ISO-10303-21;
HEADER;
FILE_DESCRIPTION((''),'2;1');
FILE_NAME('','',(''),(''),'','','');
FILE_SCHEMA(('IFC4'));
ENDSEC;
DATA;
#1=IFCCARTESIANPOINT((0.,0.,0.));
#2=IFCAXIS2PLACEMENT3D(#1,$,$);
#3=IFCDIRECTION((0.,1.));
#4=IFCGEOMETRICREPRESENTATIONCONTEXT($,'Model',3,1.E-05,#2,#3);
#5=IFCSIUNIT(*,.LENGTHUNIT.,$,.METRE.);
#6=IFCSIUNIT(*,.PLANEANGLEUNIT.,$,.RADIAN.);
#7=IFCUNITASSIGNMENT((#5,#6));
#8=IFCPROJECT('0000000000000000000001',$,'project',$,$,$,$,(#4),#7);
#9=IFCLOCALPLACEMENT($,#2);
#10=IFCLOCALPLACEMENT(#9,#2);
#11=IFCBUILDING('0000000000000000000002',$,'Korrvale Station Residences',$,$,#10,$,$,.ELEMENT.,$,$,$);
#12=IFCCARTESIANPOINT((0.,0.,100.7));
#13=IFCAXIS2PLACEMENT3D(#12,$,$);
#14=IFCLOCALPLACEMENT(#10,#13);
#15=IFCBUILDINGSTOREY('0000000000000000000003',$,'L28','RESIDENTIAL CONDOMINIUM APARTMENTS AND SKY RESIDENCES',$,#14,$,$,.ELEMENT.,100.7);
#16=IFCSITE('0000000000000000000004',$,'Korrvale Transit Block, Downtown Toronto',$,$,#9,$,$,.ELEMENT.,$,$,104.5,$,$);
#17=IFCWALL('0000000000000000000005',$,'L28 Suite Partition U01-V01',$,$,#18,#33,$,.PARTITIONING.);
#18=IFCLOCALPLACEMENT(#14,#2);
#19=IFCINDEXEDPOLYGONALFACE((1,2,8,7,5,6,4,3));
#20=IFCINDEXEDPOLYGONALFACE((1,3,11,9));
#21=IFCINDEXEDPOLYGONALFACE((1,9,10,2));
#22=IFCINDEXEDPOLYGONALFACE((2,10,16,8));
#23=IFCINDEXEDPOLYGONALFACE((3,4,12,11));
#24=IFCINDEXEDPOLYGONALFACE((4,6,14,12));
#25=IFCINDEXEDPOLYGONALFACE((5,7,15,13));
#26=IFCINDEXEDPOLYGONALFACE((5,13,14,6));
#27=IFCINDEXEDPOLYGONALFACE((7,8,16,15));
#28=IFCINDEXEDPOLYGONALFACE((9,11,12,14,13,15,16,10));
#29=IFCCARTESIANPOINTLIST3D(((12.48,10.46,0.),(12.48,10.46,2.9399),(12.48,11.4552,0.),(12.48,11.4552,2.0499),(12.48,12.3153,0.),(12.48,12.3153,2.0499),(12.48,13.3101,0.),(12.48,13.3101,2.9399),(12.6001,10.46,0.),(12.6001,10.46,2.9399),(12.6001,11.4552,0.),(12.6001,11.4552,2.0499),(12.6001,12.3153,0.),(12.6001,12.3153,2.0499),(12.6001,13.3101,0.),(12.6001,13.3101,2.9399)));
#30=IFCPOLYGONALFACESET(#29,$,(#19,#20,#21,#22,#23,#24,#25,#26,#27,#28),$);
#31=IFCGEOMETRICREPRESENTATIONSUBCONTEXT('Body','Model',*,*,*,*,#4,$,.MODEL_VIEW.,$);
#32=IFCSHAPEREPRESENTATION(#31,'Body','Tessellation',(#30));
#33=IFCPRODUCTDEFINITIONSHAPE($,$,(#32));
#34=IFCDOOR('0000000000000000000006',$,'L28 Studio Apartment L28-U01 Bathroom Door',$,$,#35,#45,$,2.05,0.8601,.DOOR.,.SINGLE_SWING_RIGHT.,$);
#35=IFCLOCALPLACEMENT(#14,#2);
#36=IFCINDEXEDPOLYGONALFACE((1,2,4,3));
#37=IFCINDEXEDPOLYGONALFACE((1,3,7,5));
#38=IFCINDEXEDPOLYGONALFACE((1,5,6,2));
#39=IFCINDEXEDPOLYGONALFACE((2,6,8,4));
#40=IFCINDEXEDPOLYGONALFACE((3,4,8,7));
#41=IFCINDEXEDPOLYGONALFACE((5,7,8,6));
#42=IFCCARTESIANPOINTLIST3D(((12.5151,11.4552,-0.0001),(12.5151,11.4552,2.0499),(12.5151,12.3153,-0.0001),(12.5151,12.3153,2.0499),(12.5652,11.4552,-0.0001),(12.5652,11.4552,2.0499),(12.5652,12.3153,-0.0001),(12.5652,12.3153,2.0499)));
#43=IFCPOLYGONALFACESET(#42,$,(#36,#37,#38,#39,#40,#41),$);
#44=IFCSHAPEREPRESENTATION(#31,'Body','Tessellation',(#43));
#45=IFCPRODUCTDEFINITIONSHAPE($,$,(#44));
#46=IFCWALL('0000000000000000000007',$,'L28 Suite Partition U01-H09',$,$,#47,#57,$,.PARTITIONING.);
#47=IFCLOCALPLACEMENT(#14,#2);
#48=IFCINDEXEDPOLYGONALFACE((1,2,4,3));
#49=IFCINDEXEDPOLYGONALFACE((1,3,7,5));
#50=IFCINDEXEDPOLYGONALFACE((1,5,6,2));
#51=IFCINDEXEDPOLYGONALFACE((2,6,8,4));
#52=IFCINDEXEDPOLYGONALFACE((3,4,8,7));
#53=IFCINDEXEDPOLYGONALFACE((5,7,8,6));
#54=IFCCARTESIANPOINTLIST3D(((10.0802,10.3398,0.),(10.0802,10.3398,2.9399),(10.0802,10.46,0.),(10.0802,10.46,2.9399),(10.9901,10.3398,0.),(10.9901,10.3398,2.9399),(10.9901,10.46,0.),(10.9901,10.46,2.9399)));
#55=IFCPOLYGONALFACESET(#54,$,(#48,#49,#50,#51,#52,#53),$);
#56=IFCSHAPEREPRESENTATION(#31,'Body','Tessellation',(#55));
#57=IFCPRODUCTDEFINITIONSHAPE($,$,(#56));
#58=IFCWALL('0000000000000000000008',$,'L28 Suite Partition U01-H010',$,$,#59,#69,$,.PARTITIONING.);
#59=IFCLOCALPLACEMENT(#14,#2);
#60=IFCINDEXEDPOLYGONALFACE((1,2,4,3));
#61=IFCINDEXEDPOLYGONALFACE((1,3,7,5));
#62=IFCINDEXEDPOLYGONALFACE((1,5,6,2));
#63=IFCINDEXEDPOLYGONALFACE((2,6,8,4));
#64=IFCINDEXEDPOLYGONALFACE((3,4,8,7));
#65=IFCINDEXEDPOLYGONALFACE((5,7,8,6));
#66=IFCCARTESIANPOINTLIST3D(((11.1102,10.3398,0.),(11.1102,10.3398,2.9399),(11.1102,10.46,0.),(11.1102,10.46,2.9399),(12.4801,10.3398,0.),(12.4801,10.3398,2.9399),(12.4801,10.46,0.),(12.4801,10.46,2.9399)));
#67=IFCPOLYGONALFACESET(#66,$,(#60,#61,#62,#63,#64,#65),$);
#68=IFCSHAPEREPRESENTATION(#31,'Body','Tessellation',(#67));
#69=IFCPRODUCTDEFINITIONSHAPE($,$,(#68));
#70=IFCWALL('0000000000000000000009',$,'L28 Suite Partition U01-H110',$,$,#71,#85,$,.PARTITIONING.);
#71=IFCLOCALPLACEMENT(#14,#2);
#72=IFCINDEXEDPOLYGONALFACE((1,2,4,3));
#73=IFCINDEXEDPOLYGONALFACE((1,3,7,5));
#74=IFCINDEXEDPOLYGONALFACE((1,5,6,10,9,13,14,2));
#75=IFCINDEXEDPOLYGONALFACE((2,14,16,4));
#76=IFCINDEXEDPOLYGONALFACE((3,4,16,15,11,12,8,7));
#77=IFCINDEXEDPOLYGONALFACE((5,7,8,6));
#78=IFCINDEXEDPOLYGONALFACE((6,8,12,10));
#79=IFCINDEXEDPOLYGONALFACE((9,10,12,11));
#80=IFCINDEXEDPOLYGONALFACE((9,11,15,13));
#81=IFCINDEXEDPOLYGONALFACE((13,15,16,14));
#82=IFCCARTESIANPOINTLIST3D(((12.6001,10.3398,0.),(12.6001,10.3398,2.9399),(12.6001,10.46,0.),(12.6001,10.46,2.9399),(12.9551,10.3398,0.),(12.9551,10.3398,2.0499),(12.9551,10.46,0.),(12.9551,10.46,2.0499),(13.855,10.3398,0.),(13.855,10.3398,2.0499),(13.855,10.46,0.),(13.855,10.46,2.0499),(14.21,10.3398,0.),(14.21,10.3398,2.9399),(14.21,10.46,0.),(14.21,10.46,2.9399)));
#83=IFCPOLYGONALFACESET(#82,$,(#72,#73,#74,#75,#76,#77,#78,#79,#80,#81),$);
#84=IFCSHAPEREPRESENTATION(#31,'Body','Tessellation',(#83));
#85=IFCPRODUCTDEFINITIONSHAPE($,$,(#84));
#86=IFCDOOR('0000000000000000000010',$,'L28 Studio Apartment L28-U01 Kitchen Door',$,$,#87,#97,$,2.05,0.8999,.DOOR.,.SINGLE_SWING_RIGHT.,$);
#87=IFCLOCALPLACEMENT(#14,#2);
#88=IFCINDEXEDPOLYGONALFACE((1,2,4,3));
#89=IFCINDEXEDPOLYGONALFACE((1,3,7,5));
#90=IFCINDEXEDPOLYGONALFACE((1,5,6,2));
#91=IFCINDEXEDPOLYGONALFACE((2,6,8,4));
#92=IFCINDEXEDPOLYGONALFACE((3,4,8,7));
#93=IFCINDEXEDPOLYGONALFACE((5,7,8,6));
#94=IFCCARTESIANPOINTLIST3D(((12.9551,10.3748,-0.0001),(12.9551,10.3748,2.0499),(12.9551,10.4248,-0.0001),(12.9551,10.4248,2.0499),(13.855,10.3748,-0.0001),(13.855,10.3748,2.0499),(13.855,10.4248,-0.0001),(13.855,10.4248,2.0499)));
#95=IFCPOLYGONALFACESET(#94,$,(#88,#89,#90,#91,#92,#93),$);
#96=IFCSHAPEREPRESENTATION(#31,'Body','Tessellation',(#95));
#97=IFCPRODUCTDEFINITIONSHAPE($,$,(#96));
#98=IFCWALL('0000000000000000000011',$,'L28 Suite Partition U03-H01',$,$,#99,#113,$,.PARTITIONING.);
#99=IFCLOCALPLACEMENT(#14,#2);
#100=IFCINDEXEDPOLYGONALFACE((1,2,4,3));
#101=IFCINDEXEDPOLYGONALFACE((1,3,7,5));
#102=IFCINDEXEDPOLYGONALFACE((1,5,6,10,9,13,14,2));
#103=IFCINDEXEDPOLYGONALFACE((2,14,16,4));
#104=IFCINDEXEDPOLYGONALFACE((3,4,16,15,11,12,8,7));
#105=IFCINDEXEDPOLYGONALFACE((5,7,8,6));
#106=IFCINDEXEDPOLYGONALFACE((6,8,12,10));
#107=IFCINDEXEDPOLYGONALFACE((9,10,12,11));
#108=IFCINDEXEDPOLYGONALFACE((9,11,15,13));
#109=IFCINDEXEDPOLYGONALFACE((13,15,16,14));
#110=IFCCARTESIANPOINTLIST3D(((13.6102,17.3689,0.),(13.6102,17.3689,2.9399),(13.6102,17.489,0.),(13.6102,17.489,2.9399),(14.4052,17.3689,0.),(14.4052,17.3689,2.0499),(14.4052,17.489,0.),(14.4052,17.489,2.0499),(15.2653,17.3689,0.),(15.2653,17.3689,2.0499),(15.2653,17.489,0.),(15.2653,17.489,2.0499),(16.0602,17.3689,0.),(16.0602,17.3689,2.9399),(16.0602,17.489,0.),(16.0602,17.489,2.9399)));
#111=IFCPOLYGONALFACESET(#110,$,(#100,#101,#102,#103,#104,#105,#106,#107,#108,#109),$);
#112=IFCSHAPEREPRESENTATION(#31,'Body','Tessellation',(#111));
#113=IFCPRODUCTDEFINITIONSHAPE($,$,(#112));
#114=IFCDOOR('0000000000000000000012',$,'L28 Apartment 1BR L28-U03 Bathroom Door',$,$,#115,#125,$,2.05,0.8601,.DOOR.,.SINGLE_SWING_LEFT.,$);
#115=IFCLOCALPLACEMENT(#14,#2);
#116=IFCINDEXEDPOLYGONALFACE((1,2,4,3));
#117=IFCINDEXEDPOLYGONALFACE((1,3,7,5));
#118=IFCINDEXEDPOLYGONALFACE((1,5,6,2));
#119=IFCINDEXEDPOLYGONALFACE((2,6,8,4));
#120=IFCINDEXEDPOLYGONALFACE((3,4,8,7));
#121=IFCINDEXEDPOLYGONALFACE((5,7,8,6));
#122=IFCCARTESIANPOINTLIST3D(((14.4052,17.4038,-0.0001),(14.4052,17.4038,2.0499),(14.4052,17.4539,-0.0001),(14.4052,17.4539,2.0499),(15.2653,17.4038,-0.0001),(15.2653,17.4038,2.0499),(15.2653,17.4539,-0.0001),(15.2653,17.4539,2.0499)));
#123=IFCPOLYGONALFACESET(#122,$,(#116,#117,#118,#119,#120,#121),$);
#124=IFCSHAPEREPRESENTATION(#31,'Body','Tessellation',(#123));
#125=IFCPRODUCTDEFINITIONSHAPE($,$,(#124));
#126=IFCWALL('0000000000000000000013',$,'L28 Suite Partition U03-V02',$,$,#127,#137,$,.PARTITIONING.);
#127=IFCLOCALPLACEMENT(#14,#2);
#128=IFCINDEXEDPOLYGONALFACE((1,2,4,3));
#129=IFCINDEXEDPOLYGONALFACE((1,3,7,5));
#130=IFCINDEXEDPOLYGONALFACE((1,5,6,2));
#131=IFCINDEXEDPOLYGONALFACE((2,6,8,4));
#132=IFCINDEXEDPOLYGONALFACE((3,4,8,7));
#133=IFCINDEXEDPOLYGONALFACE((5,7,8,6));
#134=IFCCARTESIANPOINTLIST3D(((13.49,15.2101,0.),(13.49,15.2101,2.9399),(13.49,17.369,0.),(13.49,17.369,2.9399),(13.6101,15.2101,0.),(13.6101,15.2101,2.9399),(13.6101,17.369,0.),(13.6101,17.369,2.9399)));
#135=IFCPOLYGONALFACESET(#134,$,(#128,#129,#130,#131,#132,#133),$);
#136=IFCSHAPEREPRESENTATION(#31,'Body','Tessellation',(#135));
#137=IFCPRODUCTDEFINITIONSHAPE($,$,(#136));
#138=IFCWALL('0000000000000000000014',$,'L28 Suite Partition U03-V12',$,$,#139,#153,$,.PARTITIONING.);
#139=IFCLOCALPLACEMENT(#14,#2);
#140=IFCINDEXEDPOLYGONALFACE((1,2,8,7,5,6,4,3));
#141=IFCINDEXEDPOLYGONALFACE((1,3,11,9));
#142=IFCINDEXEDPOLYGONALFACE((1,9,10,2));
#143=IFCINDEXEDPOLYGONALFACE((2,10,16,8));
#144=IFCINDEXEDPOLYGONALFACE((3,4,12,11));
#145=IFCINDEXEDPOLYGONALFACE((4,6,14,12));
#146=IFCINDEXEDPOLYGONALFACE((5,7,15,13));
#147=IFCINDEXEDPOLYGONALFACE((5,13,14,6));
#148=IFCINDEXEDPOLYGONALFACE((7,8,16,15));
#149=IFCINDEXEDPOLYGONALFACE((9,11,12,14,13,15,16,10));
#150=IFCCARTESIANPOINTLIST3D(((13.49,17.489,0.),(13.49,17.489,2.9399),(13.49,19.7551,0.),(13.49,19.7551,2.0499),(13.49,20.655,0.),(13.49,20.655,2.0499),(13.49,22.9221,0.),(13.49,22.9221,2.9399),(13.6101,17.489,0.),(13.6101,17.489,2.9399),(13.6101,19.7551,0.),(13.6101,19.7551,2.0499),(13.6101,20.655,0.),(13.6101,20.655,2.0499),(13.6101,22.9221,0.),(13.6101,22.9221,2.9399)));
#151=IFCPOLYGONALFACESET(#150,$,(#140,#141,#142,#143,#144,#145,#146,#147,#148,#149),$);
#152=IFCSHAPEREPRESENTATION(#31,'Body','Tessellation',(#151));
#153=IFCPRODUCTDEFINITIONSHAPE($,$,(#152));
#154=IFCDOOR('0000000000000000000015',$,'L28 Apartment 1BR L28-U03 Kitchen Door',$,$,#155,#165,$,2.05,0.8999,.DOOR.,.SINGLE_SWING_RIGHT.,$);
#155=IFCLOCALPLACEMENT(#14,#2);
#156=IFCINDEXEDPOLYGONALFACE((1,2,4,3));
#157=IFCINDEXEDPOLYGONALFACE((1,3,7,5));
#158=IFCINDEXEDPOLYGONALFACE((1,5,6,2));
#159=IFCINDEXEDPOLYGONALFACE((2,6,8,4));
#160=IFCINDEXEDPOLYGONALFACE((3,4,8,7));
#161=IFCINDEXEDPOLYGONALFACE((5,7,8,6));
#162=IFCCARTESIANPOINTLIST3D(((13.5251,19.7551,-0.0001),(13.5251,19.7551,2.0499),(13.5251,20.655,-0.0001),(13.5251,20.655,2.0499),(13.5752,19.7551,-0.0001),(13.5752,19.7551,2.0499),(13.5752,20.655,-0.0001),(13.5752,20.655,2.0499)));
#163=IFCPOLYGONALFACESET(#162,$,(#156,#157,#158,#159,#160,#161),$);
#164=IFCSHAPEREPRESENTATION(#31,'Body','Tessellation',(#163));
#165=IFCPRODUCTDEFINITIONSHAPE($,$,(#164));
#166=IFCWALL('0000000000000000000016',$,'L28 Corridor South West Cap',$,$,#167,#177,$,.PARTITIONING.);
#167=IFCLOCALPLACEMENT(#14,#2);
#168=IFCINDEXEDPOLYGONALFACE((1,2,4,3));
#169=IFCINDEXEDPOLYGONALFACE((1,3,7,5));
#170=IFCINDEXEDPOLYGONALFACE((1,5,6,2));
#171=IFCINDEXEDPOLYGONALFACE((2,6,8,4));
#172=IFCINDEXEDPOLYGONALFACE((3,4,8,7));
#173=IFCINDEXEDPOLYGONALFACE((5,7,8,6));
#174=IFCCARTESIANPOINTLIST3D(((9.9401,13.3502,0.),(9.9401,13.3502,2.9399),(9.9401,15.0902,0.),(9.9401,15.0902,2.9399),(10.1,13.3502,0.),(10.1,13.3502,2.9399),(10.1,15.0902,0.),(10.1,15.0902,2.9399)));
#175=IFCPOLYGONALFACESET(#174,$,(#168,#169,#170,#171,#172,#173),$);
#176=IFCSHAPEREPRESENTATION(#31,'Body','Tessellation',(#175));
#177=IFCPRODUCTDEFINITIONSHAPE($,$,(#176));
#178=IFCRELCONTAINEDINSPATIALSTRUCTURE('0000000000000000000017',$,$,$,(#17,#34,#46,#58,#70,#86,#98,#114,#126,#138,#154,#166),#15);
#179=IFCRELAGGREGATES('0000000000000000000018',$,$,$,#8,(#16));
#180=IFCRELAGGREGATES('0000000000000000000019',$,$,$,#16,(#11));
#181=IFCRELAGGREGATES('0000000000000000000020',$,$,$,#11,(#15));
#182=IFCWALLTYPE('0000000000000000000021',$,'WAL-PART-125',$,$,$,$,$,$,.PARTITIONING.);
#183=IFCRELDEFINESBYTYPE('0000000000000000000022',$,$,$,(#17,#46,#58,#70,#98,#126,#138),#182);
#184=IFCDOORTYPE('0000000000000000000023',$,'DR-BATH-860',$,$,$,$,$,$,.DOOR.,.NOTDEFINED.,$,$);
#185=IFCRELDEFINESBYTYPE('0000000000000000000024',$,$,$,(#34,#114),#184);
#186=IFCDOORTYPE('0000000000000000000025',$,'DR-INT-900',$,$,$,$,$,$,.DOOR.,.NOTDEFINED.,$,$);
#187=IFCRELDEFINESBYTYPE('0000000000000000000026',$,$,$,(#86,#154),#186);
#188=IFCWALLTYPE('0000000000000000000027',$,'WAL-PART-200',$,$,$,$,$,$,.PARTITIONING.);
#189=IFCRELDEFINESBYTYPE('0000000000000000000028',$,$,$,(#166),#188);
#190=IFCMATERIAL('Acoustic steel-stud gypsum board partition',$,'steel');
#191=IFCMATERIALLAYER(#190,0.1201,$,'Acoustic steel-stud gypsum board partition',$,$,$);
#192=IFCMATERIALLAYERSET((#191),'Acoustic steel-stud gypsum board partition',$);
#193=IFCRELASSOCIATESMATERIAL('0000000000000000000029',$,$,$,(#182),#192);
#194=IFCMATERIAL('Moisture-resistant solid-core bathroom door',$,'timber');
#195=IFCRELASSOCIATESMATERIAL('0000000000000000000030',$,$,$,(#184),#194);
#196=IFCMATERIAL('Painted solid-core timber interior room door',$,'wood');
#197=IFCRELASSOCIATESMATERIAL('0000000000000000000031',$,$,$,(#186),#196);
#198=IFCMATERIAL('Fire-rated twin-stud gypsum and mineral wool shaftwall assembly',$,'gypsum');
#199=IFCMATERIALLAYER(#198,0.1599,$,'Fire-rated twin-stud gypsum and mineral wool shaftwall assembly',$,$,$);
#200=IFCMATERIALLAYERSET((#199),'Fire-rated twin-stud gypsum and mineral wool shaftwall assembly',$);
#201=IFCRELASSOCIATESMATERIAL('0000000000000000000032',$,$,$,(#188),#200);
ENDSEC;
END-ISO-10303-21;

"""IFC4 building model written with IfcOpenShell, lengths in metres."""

from ifc_helpers import new_model, si_unit, direction, frame, frame_2d, origin, place, context, subcontext, project, spatial, rectangle, extrude, material, layer, layer_set, type_object, element, fill, save


model = new_model("IFC4")

# Units and contexts
model_context = context("Model", 3, precision=1e-05, world=origin(), true_north=direction((0.0, 1.0)))
body_context = subcontext(model_context, "Body", "Model", "MODEL_VIEW")
ifc_project = project(units=[si_unit("LENGTHUNIT", "METRE"), si_unit("PLANEANGLEUNIT", "RADIAN")], contexts=[model_context])

# Site, building, storey
site_placement = place(None, origin())
site = spatial("IfcSite", under=ifc_project, at=site_placement, Name="Korrvale Transit Block, Downtown Toronto", CompositionType="ELEMENT", RefElevation=104.5)
building_placement = place(site_placement, origin())
building = spatial("IfcBuilding", under=site, at=building_placement, Name="Korrvale Station Residences", CompositionType="ELEMENT")
storey_placement = place(building_placement, frame((0.0, 0.0, 100.7)))
storey = spatial("IfcBuildingStorey", under=building, at=storey_placement, Name="L28", Description="RESIDENTIAL CONDOMINIUM APARTMENTS AND SKY RESIDENCES", CompositionType="ELEMENT", Elevation=100.7)

# Wall, opening, door
ifc_material_1 = material(Name="Acoustic steel-stud gypsum board partition", Category="steel")
ifc_layer_1 = layer(ifc_material_1, 0.1201, Name="Acoustic steel-stud gypsum board partition")
ifc_layer_set_1 = layer_set([ifc_layer_1], Name="Acoustic steel-stud gypsum board partition")
wall_type_1 = type_object("IfcWallType", Name="WAL-PART-125", PredefinedType="PARTITIONING", material=ifc_layer_set_1)
wall_1_placement = place(storey_placement, frame((12.54, 10.46, 0.0), z_axis=(0.0, 0.0, 1.0), x_axis=(0.0, 1.0, 0.0)))
wall_1 = element("IfcWall", 1, at=wall_1_placement, inside=storey, type_object=wall_type_1, Name="L28 Suite Partition U01-V01", PredefinedType="PARTITIONING", context=body_context, shape_type="SweptSolid", body=[
    extrude(rectangle(XDim=2.8501, YDim=0.1201, at=frame_2d((1.425, 0.0))), origin(), (0.0, 0.0, 1.0), 2.9399),
])
opening_1_placement = place(wall_1_placement, frame((0.9951, 0.0, 0.0)))
opening_1 = element("IfcOpeningElement", 2, at=opening_1_placement, cuts=wall_1, PredefinedType="OPENING", context=body_context, shape_type="SweptSolid", body=[
    extrude(rectangle(XDim=0.8601, YDim=2.05, at=frame_2d((0.4302, 1.0249))), frame((0.0, 0.0701, 0.0), z_axis=(0.0, -1.0, 0.0), x_axis=(1.0, 0.0, 0.0)), (0.0, 0.0, 1.0), 0.1401),
])
ifc_material_2 = material(Name="Moisture-resistant solid-core bathroom door", Category="timber")
door_type_1 = type_object("IfcDoorType", Name="DR-BATH-860", OperationType="NOTDEFINED", PredefinedType="DOOR", material=ifc_material_2)
door_1_placement = place(opening_1_placement, origin())
door_1 = element("IfcDoor", 3, at=door_1_placement, inside=storey, type_object=door_type_1, Name="L28 Studio Apartment L28-U01 Bathroom Door", OperationType="SINGLE_SWING_RIGHT", OverallHeight=2.05, OverallWidth=0.8601, PredefinedType="DOOR", context=body_context, shape_type="SweptSolid", body=[
    extrude(rectangle(XDim=0.8601, YDim=2.05, at=frame_2d((0.4302, 1.0249))), frame((0.0, 0.0249, 0.0), z_axis=(0.0, -1.0, 0.0), x_axis=(1.0, 0.0, 0.0)), (0.0, 0.0, 1.0), 0.05),
])
fill(opening_1, door_1)

# Walls
wall_2_placement = place(storey_placement, frame((10.0801, 10.3999, 0.0), z_axis=(0.0, 0.0, 1.0), x_axis=(1.0, 0.0, 0.0)))
element("IfcWall", 4, at=wall_2_placement, inside=storey, type_object=wall_type_1, Name="L28 Suite Partition U01-H09", PredefinedType="PARTITIONING", context=body_context, shape_type="SweptSolid", body=[
    extrude(rectangle(XDim=0.9099, YDim=0.1201, at=frame_2d((0.4551, 0.0))), origin(), (0.0, 0.0, 1.0), 2.9399),
])
wall_3_placement = place(storey_placement, frame((11.1101, 10.3999, 0.0), z_axis=(0.0, 0.0, 1.0), x_axis=(1.0, 0.0, 0.0)))
element("IfcWall", 5, at=wall_3_placement, inside=storey, type_object=wall_type_1, Name="L28 Suite Partition U01-H010", PredefinedType="PARTITIONING", context=body_context, shape_type="SweptSolid", body=[
    extrude(rectangle(XDim=1.3699, YDim=0.1201, at=frame_2d((0.6851, 0.0))), origin(), (0.0, 0.0, 1.0), 2.9399),
])

# Walls, openings, doors
wall_4_placement = place(storey_placement, frame((12.6001, 10.3999, 0.0), z_axis=(0.0, 0.0, 1.0), x_axis=(1.0, 0.0, 0.0)))
wall_4 = element("IfcWall", 6, at=wall_4_placement, inside=storey, type_object=wall_type_1, Name="L28 Suite Partition U01-H110", PredefinedType="PARTITIONING", context=body_context, shape_type="SweptSolid", body=[
    extrude(rectangle(XDim=1.6099, YDim=0.1201, at=frame_2d((0.8049, 0.0))), origin(), (0.0, 0.0, 1.0), 2.9399),
])
opening_2_placement = place(wall_4_placement, frame((0.355, 0.0, 0.0)))
opening_2 = element("IfcOpeningElement", 7, at=opening_2_placement, cuts=wall_4, PredefinedType="OPENING", context=body_context, shape_type="SweptSolid", body=[
    extrude(rectangle(XDim=0.8999, YDim=2.05, at=frame_2d((0.45, 1.0249))), frame((0.0, 0.0701, 0.0), z_axis=(0.0, -1.0, 0.0), x_axis=(1.0, 0.0, 0.0)), (0.0, 0.0, 1.0), 0.1401),
])
ifc_material_3 = material(Name="Painted solid-core timber interior room door", Category="wood")
door_type_2 = type_object("IfcDoorType", Name="DR-INT-900", OperationType="NOTDEFINED", PredefinedType="DOOR", material=ifc_material_3)
door_2_placement = place(opening_2_placement, origin())
door_2 = element("IfcDoor", 8, at=door_2_placement, inside=storey, type_object=door_type_2, Name="L28 Studio Apartment L28-U01 Kitchen Door", OperationType="SINGLE_SWING_RIGHT", OverallHeight=2.05, OverallWidth=0.8999, PredefinedType="DOOR", context=body_context, shape_type="SweptSolid", body=[
    extrude(rectangle(XDim=0.8999, YDim=2.05, at=frame_2d((0.45, 1.0249))), frame((0.0, 0.0249, 0.0), z_axis=(0.0, -1.0, 0.0), x_axis=(1.0, 0.0, 0.0)), (0.0, 0.0, 1.0), 0.05),
])
fill(opening_2, door_2)
wall_5_placement = place(storey_placement, frame((13.6101, 17.429, 0.0), z_axis=(0.0, 0.0, 1.0), x_axis=(1.0, 0.0, 0.0)))
wall_5 = element("IfcWall", 9, at=wall_5_placement, inside=storey, type_object=wall_type_1, Name="L28 Suite Partition U03-H01", PredefinedType="PARTITIONING", context=body_context, shape_type="SweptSolid", body=[
    extrude(rectangle(XDim=2.45, YDim=0.1201, at=frame_2d((1.2251, 0.0))), origin(), (0.0, 0.0, 1.0), 2.9399),
])
opening_3_placement = place(wall_5_placement, frame((0.7949, 0.0, 0.0)))
opening_3 = element("IfcOpeningElement", 10, at=opening_3_placement, cuts=wall_5, PredefinedType="OPENING", context=body_context, shape_type="SweptSolid", body=[
    extrude(rectangle(XDim=0.8601, YDim=2.05, at=frame_2d((0.4302, 1.0249))), frame((0.0, 0.0701, 0.0), z_axis=(0.0, -1.0, 0.0), x_axis=(1.0, 0.0, 0.0)), (0.0, 0.0, 1.0), 0.1401),
])
door_3_placement = place(opening_3_placement, origin())
door_3 = element("IfcDoor", 11, at=door_3_placement, inside=storey, type_object=door_type_1, Name="L28 Apartment 1BR L28-U03 Bathroom Door", OperationType="SINGLE_SWING_LEFT", OverallHeight=2.05, OverallWidth=0.8601, PredefinedType="DOOR", context=body_context, shape_type="SweptSolid", body=[
    extrude(rectangle(XDim=0.8601, YDim=2.05, at=frame_2d((0.4302, 1.0249))), frame((0.0, 0.0249, 0.0), z_axis=(0.0, -1.0, 0.0), x_axis=(1.0, 0.0, 0.0)), (0.0, 0.0, 1.0), 0.05),
])
fill(opening_3, door_3)

# Wall
wall_6_placement = place(storey_placement, frame((13.55, 15.21, 0.0), z_axis=(0.0, 0.0, 1.0), x_axis=(0.0, 1.0, 0.0)))
element("IfcWall", 12, at=wall_6_placement, inside=storey, type_object=wall_type_1, Name="L28 Suite Partition U03-V02", PredefinedType="PARTITIONING", context=body_context, shape_type="SweptSolid", body=[
    extrude(rectangle(XDim=2.1589, YDim=0.1201, at=frame_2d((1.0796, 0.0))), origin(), (0.0, 0.0, 1.0), 2.9399),
])

# Wall, opening, door
wall_7_placement = place(storey_placement, frame((13.55, 17.489, 0.0), z_axis=(0.0, 0.0, 1.0), x_axis=(0.0, 1.0, 0.0)))
wall_7 = element("IfcWall", 13, at=wall_7_placement, inside=storey, type_object=wall_type_1, Name="L28 Suite Partition U03-V12", PredefinedType="PARTITIONING", context=body_context, shape_type="SweptSolid", body=[
    extrude(rectangle(XDim=5.4331, YDim=0.1201, at=frame_2d((2.7166, 0.0))), origin(), (0.0, 0.0, 1.0), 2.9399),
])
opening_4_placement = place(wall_7_placement, frame((2.2661, 0.0, 0.0)))
opening_4 = element("IfcOpeningElement", 14, at=opening_4_placement, cuts=wall_7, PredefinedType="OPENING", context=body_context, shape_type="SweptSolid", body=[
    extrude(rectangle(XDim=0.8999, YDim=2.05, at=frame_2d((0.45, 1.0249))), frame((0.0, 0.0701, 0.0), z_axis=(0.0, -1.0, 0.0), x_axis=(1.0, 0.0, 0.0)), (0.0, 0.0, 1.0), 0.1401),
])
door_4_placement = place(opening_4_placement, origin())
door_4 = element("IfcDoor", 15, at=door_4_placement, inside=storey, type_object=door_type_2, Name="L28 Apartment 1BR L28-U03 Kitchen Door", OperationType="SINGLE_SWING_RIGHT", OverallHeight=2.05, OverallWidth=0.8999, PredefinedType="DOOR", context=body_context, shape_type="SweptSolid", body=[
    extrude(rectangle(XDim=0.8999, YDim=2.05, at=frame_2d((0.45, 1.0249))), frame((0.0, 0.0249, 0.0), z_axis=(0.0, -1.0, 0.0), x_axis=(1.0, 0.0, 0.0)), (0.0, 0.0, 1.0), 0.05),
])
fill(opening_4, door_4)

# Wall
ifc_material_4 = material(Name="Fire-rated twin-stud gypsum and mineral wool shaftwall assembly", Category="gypsum")
ifc_layer_2 = layer(ifc_material_4, 0.1599, Name="Fire-rated twin-stud gypsum and mineral wool shaftwall assembly")
ifc_layer_set_2 = layer_set([ifc_layer_2], Name="Fire-rated twin-stud gypsum and mineral wool shaftwall assembly")
wall_type_2 = type_object("IfcWallType", Name="WAL-PART-200", PredefinedType="PARTITIONING", material=ifc_layer_set_2)
wall_8_placement = place(storey_placement, frame((10.02, 13.3501, 0.0), z_axis=(0.0, 0.0, 1.0), x_axis=(0.0, 1.0, 0.0)))
element("IfcWall", 16, at=wall_8_placement, inside=storey, type_object=wall_type_2, Name="L28 Corridor South West Cap", PredefinedType="PARTITIONING", context=body_context, shape_type="SweptSolid", body=[
    extrude(rectangle(XDim=1.74, YDim=0.1599, at=frame_2d((0.8701, 0.0))), origin(), (0.0, 0.0, 1.0), 2.9399),
])

save(model, "model.ifc")
